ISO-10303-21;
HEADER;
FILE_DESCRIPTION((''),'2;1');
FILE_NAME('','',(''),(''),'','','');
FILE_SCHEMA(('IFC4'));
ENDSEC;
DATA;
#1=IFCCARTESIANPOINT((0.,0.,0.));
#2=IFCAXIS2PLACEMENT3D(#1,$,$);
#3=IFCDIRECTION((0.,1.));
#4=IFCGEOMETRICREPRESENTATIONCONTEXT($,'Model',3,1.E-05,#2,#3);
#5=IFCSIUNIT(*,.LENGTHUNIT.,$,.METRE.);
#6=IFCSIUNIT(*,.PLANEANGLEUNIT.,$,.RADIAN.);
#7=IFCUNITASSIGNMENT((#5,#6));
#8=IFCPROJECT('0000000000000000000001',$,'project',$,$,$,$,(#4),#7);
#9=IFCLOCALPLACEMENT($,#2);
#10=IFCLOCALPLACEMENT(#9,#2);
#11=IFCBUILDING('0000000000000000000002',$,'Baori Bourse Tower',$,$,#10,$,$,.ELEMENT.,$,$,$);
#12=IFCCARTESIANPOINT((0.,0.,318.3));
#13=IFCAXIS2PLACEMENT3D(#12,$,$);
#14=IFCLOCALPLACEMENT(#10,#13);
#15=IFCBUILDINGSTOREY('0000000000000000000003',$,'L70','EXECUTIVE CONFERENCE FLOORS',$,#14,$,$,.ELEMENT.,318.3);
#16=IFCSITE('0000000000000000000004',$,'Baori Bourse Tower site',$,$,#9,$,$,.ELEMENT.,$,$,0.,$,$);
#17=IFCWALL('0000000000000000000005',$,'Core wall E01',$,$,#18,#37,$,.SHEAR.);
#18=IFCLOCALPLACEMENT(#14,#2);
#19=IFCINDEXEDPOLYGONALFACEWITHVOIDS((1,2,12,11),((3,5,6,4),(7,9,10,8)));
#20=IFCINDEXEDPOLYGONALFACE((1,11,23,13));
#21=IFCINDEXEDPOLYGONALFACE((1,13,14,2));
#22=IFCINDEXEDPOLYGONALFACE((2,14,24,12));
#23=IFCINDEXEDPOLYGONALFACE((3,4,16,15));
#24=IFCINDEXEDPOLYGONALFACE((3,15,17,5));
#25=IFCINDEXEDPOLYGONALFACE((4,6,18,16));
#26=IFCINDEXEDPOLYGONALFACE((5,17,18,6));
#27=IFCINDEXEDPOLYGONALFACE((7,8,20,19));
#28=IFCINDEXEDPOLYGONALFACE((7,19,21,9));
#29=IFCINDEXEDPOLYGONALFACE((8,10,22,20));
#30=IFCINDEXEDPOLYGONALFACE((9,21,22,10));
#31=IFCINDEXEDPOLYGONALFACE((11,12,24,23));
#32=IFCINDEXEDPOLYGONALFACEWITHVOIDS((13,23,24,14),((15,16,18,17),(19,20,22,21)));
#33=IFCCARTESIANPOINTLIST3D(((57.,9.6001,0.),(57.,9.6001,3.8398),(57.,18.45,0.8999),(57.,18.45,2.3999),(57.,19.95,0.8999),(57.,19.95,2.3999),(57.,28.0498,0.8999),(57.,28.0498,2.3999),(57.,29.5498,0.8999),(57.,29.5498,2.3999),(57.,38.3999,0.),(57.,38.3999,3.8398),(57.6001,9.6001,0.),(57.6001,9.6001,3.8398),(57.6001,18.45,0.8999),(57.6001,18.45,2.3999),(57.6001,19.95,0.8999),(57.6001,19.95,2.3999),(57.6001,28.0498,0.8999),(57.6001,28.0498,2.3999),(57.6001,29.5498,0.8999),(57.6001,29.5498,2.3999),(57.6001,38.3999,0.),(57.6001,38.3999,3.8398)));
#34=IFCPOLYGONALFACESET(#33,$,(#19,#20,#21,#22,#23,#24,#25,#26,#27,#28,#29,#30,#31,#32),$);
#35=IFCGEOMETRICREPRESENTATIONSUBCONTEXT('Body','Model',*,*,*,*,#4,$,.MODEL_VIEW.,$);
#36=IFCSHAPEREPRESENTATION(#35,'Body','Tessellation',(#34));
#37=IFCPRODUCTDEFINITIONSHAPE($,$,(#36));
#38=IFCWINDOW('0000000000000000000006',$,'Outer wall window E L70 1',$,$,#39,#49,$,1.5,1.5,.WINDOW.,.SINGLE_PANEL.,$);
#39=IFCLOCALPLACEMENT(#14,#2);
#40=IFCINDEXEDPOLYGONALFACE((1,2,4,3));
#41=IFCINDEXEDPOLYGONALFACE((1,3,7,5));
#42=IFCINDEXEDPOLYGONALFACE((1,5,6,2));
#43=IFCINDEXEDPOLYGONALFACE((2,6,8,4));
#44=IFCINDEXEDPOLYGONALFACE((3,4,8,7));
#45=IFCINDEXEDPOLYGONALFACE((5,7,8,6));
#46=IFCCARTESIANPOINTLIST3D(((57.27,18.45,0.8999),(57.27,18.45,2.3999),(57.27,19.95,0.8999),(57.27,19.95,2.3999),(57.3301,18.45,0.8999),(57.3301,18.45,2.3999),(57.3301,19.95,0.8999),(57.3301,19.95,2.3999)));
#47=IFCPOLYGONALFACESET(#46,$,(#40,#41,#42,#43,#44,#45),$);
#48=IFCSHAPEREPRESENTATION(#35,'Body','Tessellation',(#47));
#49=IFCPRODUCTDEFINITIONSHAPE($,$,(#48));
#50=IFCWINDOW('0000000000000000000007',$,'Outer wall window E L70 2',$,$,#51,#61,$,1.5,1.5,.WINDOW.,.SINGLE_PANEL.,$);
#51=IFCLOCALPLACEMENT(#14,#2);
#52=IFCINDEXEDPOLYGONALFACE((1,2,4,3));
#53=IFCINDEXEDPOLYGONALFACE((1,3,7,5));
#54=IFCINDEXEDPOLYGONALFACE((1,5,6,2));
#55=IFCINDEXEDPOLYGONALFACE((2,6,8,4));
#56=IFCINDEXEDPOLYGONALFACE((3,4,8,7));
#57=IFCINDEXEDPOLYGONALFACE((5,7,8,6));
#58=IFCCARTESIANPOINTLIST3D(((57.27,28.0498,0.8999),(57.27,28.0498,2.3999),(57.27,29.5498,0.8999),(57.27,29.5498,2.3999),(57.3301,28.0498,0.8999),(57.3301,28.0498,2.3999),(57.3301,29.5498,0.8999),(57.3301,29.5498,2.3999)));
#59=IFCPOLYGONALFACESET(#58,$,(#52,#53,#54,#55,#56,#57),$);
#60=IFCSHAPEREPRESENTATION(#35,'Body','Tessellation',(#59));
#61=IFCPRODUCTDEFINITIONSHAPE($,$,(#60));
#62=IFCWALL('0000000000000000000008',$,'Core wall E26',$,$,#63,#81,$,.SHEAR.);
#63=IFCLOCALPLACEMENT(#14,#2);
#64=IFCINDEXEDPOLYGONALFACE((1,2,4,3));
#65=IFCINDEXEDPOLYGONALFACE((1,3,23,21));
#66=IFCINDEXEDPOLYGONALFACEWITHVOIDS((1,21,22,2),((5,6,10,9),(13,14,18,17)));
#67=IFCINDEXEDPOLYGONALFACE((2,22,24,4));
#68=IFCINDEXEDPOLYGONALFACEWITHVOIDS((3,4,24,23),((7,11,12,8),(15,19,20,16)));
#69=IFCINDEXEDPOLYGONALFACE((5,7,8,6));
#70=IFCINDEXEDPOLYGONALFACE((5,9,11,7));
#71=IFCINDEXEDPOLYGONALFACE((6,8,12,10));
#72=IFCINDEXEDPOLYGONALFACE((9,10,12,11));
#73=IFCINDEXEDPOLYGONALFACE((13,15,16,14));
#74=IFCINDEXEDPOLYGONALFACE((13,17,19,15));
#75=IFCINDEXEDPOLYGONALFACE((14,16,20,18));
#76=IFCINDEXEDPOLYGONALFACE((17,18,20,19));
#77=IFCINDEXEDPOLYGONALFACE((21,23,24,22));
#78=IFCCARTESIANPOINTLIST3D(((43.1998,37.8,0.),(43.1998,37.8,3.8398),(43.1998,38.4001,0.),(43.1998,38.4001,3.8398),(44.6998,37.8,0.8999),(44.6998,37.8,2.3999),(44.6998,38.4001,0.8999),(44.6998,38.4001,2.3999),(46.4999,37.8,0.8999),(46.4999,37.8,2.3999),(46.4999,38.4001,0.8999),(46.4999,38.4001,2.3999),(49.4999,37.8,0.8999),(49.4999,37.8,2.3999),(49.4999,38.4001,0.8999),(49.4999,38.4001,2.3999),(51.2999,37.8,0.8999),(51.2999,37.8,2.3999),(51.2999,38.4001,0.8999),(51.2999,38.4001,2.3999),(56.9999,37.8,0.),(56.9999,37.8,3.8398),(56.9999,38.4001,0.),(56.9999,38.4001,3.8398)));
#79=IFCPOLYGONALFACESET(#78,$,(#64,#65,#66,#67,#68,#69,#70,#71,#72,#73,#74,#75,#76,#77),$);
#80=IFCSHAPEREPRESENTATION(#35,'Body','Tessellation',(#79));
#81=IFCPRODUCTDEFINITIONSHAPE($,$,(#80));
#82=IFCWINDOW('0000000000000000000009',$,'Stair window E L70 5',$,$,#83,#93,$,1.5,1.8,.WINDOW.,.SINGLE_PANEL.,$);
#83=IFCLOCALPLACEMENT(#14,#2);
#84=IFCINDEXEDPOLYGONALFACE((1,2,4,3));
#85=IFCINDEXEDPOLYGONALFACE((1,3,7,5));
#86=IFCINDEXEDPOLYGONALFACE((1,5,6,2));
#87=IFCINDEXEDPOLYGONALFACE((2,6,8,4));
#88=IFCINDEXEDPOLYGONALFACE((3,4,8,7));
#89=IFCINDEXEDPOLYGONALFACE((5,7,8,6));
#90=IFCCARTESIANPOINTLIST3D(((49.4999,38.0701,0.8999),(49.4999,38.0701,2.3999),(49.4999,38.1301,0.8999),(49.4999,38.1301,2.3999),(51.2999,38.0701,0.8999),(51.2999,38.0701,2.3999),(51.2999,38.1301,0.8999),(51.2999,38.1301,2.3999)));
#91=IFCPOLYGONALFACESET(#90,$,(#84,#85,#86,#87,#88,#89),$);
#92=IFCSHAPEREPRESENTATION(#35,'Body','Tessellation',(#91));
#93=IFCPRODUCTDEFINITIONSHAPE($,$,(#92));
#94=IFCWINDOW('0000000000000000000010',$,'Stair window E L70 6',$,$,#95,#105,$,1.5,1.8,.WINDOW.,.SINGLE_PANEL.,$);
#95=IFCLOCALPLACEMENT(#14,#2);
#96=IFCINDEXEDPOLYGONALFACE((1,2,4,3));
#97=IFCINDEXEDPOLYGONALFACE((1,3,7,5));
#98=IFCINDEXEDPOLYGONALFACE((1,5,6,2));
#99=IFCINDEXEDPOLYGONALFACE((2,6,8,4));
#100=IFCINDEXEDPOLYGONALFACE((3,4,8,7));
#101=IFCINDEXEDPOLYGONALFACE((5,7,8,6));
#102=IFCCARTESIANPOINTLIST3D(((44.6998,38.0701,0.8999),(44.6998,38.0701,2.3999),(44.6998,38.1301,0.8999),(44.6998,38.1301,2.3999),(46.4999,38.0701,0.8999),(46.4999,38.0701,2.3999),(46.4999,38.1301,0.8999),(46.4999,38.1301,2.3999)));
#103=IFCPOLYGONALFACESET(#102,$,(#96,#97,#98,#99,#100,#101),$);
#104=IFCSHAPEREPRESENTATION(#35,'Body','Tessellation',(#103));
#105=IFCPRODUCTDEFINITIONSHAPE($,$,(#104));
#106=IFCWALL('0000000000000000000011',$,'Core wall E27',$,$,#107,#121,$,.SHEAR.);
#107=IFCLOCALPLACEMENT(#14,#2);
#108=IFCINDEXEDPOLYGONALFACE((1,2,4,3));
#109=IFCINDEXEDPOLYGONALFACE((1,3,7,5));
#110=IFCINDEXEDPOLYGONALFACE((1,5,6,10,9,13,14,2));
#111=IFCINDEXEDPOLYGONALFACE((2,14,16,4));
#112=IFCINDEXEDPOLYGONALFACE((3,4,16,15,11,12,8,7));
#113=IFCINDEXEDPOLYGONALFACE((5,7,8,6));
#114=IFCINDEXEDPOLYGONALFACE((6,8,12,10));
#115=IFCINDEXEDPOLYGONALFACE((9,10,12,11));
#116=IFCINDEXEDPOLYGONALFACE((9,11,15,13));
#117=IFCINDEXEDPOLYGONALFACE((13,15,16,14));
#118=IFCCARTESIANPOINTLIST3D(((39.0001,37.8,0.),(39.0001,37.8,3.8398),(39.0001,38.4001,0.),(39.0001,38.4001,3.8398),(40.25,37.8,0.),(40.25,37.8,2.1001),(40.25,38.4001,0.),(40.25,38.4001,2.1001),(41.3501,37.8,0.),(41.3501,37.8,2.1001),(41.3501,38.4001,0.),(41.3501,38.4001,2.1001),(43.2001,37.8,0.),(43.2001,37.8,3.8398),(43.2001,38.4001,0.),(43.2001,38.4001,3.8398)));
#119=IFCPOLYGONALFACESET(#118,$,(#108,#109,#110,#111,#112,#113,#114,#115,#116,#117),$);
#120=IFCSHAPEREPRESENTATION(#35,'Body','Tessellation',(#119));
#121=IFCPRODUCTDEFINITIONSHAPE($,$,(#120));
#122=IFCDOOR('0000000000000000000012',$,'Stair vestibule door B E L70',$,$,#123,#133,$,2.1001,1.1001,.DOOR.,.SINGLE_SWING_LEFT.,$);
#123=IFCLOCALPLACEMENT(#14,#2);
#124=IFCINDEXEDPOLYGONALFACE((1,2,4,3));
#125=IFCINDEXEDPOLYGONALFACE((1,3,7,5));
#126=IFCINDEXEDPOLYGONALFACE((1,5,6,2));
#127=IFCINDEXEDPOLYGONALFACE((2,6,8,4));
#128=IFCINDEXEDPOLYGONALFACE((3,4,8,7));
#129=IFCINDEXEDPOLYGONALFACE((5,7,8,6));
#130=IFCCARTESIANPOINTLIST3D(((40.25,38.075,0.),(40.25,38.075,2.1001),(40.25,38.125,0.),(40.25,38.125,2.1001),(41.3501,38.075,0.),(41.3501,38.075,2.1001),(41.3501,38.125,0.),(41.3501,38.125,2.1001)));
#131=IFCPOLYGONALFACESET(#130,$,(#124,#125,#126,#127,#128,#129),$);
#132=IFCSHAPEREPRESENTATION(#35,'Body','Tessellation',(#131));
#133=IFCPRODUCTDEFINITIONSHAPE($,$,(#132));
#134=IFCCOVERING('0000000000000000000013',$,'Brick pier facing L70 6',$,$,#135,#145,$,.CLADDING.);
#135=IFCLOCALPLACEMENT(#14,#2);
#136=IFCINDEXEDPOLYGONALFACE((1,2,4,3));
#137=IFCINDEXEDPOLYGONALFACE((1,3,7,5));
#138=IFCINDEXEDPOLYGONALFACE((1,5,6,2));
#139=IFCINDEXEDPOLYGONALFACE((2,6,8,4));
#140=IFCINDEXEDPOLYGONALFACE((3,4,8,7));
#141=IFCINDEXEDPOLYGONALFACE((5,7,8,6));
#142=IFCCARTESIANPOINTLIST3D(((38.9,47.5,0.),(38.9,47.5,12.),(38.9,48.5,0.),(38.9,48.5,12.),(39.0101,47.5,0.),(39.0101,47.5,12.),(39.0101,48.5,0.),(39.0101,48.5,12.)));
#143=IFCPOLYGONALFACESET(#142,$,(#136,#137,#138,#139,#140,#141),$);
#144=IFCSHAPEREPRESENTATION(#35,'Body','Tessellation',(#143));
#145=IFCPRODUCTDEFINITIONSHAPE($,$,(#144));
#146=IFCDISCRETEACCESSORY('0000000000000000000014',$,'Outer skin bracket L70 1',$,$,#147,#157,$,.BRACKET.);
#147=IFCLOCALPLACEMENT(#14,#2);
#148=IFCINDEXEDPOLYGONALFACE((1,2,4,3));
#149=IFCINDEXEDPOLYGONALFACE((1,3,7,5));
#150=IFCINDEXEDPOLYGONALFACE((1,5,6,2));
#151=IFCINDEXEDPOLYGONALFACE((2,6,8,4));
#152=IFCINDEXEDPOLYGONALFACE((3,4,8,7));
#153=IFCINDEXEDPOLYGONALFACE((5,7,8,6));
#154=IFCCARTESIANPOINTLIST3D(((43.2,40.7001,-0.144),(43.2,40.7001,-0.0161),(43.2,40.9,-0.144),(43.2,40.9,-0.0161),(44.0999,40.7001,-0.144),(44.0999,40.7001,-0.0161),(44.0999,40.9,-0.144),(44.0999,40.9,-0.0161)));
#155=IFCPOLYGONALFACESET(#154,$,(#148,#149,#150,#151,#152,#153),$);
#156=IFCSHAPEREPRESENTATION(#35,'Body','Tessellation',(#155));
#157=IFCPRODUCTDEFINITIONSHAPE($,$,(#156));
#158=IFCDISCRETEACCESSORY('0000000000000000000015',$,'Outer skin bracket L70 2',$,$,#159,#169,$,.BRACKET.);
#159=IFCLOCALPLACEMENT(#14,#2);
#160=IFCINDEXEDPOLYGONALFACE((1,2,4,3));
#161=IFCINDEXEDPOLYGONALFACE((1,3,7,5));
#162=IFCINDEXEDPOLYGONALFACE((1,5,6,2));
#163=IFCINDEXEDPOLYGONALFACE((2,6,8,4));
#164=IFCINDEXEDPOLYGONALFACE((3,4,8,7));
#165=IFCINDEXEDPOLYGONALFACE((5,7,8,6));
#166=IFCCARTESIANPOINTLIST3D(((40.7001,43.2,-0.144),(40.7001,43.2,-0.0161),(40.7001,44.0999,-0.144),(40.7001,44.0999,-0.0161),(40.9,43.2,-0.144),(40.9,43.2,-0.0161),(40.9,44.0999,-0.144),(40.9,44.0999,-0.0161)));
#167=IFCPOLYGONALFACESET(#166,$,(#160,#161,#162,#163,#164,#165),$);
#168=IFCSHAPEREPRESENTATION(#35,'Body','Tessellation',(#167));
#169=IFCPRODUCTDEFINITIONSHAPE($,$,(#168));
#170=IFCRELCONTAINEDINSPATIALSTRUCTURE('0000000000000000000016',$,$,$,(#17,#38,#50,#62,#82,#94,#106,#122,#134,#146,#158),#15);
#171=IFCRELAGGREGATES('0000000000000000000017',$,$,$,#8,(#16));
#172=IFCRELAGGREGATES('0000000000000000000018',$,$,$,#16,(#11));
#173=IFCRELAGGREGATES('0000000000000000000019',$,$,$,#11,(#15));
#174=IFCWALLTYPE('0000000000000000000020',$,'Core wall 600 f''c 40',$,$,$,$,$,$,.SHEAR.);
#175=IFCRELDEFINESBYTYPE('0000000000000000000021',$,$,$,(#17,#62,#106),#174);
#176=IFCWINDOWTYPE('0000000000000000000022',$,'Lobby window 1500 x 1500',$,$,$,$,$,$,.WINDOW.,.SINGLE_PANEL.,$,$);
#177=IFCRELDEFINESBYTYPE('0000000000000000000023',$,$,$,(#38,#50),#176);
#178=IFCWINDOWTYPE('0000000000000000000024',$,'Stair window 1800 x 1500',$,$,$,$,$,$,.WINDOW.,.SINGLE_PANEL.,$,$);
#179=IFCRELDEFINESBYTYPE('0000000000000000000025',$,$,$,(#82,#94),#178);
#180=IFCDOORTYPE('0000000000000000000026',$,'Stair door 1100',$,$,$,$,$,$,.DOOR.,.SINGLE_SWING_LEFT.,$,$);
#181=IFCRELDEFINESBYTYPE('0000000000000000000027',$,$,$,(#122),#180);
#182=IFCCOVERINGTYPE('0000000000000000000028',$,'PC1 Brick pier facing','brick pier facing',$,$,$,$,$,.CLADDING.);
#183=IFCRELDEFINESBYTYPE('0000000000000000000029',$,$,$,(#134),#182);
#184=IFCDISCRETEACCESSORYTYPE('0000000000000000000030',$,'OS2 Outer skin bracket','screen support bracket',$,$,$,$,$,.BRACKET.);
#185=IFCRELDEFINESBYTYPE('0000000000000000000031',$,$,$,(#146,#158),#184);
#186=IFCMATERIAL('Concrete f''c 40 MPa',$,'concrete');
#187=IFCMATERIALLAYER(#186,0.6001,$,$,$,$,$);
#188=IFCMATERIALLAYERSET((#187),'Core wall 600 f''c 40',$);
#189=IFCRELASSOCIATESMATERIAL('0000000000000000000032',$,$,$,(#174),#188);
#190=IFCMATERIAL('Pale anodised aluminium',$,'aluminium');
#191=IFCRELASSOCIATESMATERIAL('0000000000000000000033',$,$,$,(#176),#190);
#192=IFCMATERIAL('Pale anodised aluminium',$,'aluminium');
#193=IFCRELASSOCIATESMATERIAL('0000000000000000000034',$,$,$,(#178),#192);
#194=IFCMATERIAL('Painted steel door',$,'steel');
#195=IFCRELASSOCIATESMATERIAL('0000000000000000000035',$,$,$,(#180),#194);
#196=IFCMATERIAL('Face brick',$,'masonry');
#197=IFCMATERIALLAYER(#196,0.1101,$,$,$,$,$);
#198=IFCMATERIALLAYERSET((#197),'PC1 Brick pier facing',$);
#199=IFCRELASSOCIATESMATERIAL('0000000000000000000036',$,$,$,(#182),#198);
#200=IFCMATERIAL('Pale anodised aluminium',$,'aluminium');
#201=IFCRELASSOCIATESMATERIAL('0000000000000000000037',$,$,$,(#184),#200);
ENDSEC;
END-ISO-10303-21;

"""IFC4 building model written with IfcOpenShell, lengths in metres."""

from ifc_helpers import new_model, si_unit, direction, frame, frame_2d, origin, origin_2d, place, context, subcontext, project, spatial, rectangle, extrude, material, layer, layer_set, type_object, element, fill, save


model = new_model("IFC4")

# Units and contexts
model_context = context("Model", 3, precision=1e-05, world=origin(), true_north=direction((0.0, 1.0)))
body_context = subcontext(model_context, "Body", "Model", "MODEL_VIEW")
ifc_project = project(units=[si_unit("LENGTHUNIT", "METRE"), si_unit("PLANEANGLEUNIT", "RADIAN")], contexts=[model_context])

# Site, building, storey
site_placement = place(None, origin())
site = spatial("IfcSite", under=ifc_project, at=site_placement, Name="Baori Bourse Tower site", CompositionType="ELEMENT", RefElevation=0.0)
building_placement = place(site_placement, origin())
building = spatial("IfcBuilding", under=site, at=building_placement, Name="Baori Bourse Tower", CompositionType="ELEMENT")
storey_placement = place(building_placement, frame((0.0, 0.0, 318.3)))
storey = spatial("IfcBuildingStorey", under=building, at=storey_placement, Name="L70", Description="EXECUTIVE CONFERENCE FLOORS", CompositionType="ELEMENT", Elevation=318.3)

# Walls, openings, windows
ifc_material_1 = material(Name="Concrete f'c 40 MPa", Category="concrete")
ifc_layer_1 = layer(ifc_material_1, 0.6001)
ifc_layer_set_1 = layer_set([ifc_layer_1], Name="Core wall 600 f'c 40")
wall_type = type_object("IfcWallType", Name="Core wall 600 f'c 40", PredefinedType="SHEAR", material=ifc_layer_set_1)
wall_1_placement = place(storey_placement, frame((57.3, 38.3999, 0.0), z_axis=(0.0, 0.0, 1.0), x_axis=(0.0, -1.0, 0.0)))
wall_1 = element("IfcWall", 1, at=wall_1_placement, inside=storey, type_object=wall_type, Name="Core wall E01", PredefinedType="SHEAR", context=body_context, shape_type="SweptSolid", body=[
    extrude(rectangle(XDim=28.7998, YDim=0.6001, at=frame_2d((14.3999, 0.0))), origin(), (0.0, 0.0, 1.0), 3.8398),
])
opening_1_placement = place(wall_1_placement, frame((18.45, 0.0, 0.8999)))
opening_1 = element("IfcOpeningElement", 2, at=opening_1_placement, cuts=wall_1, PredefinedType="OPENING", context=body_context, shape_type="SweptSolid", body=[
    extrude(rectangle(XDim=1.5, YDim=1.5, at=frame_2d((0.75, 0.75))), frame((0.0, 0.3101, 0.0), z_axis=(0.0, -1.0, 0.0), x_axis=(1.0, 0.0, 0.0)), (0.0, 0.0, 1.0), 0.6201),
])
opening_2_placement = place(wall_1_placement, frame((8.8501, 0.0, 0.8999)))
opening_2 = element("IfcOpeningElement", 3, at=opening_2_placement, cuts=wall_1, PredefinedType="OPENING", context=body_context, shape_type="SweptSolid", body=[
    extrude(rectangle(XDim=1.5, YDim=1.5, at=frame_2d((0.75, 0.75))), frame((0.0, 0.3101, 0.0), z_axis=(0.0, -1.0, 0.0), x_axis=(1.0, 0.0, 0.0)), (0.0, 0.0, 1.0), 0.6201),
])
ifc_material_2 = material(Name="Pale anodised aluminium", Category="aluminium")
window_type_1 = type_object("IfcWindowType", Name="Lobby window 1500 x 1500", PartitioningType="SINGLE_PANEL", PredefinedType="WINDOW", material=ifc_material_2)
window_1_placement = place(opening_1_placement, origin())
window_1 = element("IfcWindow", 4, at=window_1_placement, inside=storey, type_object=window_type_1, Name="Outer wall window E L70 1", OverallHeight=1.5, OverallWidth=1.5, PartitioningType="SINGLE_PANEL", PredefinedType="WINDOW", context=body_context, shape_type="SweptSolid", body=[
    extrude(rectangle(XDim=1.5, YDim=1.5, at=frame_2d((0.75, 0.75))), frame((0.0, 0.03, 0.0), z_axis=(0.0, -1.0, 0.0), x_axis=(1.0, 0.0, 0.0)), (0.0, 0.0, 1.0), 0.0601),
])
fill(opening_1, window_1)
window_2_placement = place(opening_2_placement, origin())
window_2 = element("IfcWindow", 5, at=window_2_placement, inside=storey, type_object=window_type_1, Name="Outer wall window E L70 2", OverallHeight=1.5, OverallWidth=1.5, PartitioningType="SINGLE_PANEL", PredefinedType="WINDOW", context=body_context, shape_type="SweptSolid", body=[
    extrude(rectangle(XDim=1.5, YDim=1.5, at=frame_2d((0.75, 0.75))), frame((0.0, 0.03, 0.0), z_axis=(0.0, -1.0, 0.0), x_axis=(1.0, 0.0, 0.0)), (0.0, 0.0, 1.0), 0.0601),
])
fill(opening_2, window_2)
wall_2_placement = place(storey_placement, frame((43.2, 38.1001, 0.0), z_axis=(0.0, 0.0, 1.0), x_axis=(1.0, 0.0, 0.0)))
wall_2 = element("IfcWall", 6, at=wall_2_placement, inside=storey, type_object=wall_type, Name="Core wall E26", PredefinedType="SHEAR", context=body_context, shape_type="SweptSolid", body=[
    extrude(rectangle(XDim=13.8, YDim=0.6001, at=frame_2d((6.8999, 0.0))), origin(), (0.0, 0.0, 1.0), 3.8398),
])
opening_3_placement = place(wall_2_placement, frame((6.3, 0.0, 0.8999)))
opening_3 = element("IfcOpeningElement", 7, at=opening_3_placement, cuts=wall_2, PredefinedType="OPENING", context=body_context, shape_type="SweptSolid", body=[
    extrude(rectangle(XDim=1.8, YDim=1.5, at=frame_2d((0.8999, 0.75))), frame((0.0, 0.3101, 0.0), z_axis=(0.0, -1.0, 0.0), x_axis=(1.0, 0.0, 0.0)), (0.0, 0.0, 1.0), 0.6201),
])
opening_4_placement = place(wall_2_placement, frame((1.5, 0.0, 0.8999)))
opening_4 = element("IfcOpeningElement", 8, at=opening_4_placement, cuts=wall_2, PredefinedType="OPENING", context=body_context, shape_type="SweptSolid", body=[
    extrude(rectangle(XDim=1.8, YDim=1.5, at=frame_2d((0.8999, 0.75))), frame((0.0, 0.3101, 0.0), z_axis=(0.0, -1.0, 0.0), x_axis=(1.0, 0.0, 0.0)), (0.0, 0.0, 1.0), 0.6201),
])
ifc_material_3 = material(Name="Pale anodised aluminium", Category="aluminium")
window_type_2 = type_object("IfcWindowType", Name="Stair window 1800 x 1500", PartitioningType="SINGLE_PANEL", PredefinedType="WINDOW", material=ifc_material_3)
window_3_placement = place(opening_3_placement, origin())
window_3 = element("IfcWindow", 9, at=window_3_placement, inside=storey, type_object=window_type_2, Name="Stair window E L70 5", OverallHeight=1.5, OverallWidth=1.8, PartitioningType="SINGLE_PANEL", PredefinedType="WINDOW", context=body_context, shape_type="SweptSolid", body=[
    extrude(rectangle(XDim=1.8, YDim=1.5, at=frame_2d((0.8999, 0.75))), frame((0.0, 0.03, 0.0), z_axis=(0.0, -1.0, 0.0), x_axis=(1.0, 0.0, 0.0)), (0.0, 0.0, 1.0), 0.0601),
])
fill(opening_3, window_3)
window_4_placement = place(opening_4_placement, origin())
window_4 = element("IfcWindow", 10, at=window_4_placement, inside=storey, type_object=window_type_2, Name="Stair window E L70 6", OverallHeight=1.5, OverallWidth=1.8, PartitioningType="SINGLE_PANEL", PredefinedType="WINDOW", context=body_context, shape_type="SweptSolid", body=[
    extrude(rectangle(XDim=1.8, YDim=1.5, at=frame_2d((0.8999, 0.75))), frame((0.0, 0.03, 0.0), z_axis=(0.0, -1.0, 0.0), x_axis=(1.0, 0.0, 0.0)), (0.0, 0.0, 1.0), 0.0601),
])
fill(opening_4, window_4)

# Wall, opening, door
wall_3_placement = place(storey_placement, frame((39.0, 38.1001, 0.0), z_axis=(0.0, 0.0, 1.0), x_axis=(1.0, 0.0, 0.0)))
wall_3 = element("IfcWall", 11, at=wall_3_placement, inside=storey, type_object=wall_type, Name="Core wall E27", PredefinedType="SHEAR", context=body_context, shape_type="SweptSolid", body=[
    extrude(rectangle(XDim=4.2, YDim=0.6001, at=frame_2d((2.1001, 0.0))), origin(), (0.0, 0.0, 1.0), 3.8398),
])
opening_5_placement = place(wall_3_placement, frame((1.25, 0.0, 0.0)))
opening_5 = element("IfcOpeningElement", 12, at=opening_5_placement, cuts=wall_3, PredefinedType="OPENING", context=body_context, shape_type="SweptSolid", body=[
    extrude(rectangle(XDim=1.1001, YDim=2.1001, at=frame_2d((0.55, 1.05))), frame((0.0, 0.3101, 0.0), z_axis=(0.0, -1.0, 0.0), x_axis=(1.0, 0.0, 0.0)), (0.0, 0.0, 1.0), 0.6201),
])
ifc_material_4 = material(Name="Painted steel door", Category="steel")
door_type = type_object("IfcDoorType", Name="Stair door 1100", OperationType="SINGLE_SWING_LEFT", PredefinedType="DOOR", material=ifc_material_4)
door_placement = place(opening_5_placement, origin())
door = element("IfcDoor", 13, at=door_placement, inside=storey, type_object=door_type, Name="Stair vestibule door B E L70", OperationType="SINGLE_SWING_LEFT", OverallHeight=2.1001, OverallWidth=1.1001, PredefinedType="DOOR", context=body_context, shape_type="SweptSolid", body=[
    extrude(rectangle(XDim=1.1001, YDim=2.1001, at=frame_2d((0.55, 1.05))), frame((0.0, 0.0249, 0.0), z_axis=(0.0, -1.0, 0.0), x_axis=(1.0, 0.0, 0.0)), (0.0, 0.0, 1.0), 0.05),
])
fill(opening_5, door)

# Covering
ifc_material_5 = material(Name="Face brick", Category="masonry")
ifc_layer_2 = layer(ifc_material_5, 0.1101)
ifc_layer_set_2 = layer_set([ifc_layer_2], Name="PC1 Brick pier facing")
covering_type = type_object("IfcCoveringType", Name="PC1 Brick pier facing", Description="brick pier facing", PredefinedType="CLADDING", material=ifc_layer_set_2)
covering_placement = place(storey_placement, frame((38.9551, 48.0, 0.0), z_axis=(0.0, 0.0, 1.0), x_axis=(1.0, 0.0, 0.0)))
element("IfcCovering", 14, at=covering_placement, inside=storey, type_object=covering_type, Name="Brick pier facing L70 6", PredefinedType="CLADDING", context=body_context, shape_type="SweptSolid", body=[
    extrude(rectangle(XDim=0.1101, YDim=1.0, at=origin_2d()), origin(), (0.0, 0.0, 1.0), 12.0),
])

# Discrete accessories
ifc_material_6 = material(Name="Pale anodised aluminium", Category="aluminium")
discrete_accessory_type = type_object("IfcDiscreteAccessoryType", Name="OS2 Outer skin bracket", Description="screen support bracket", PredefinedType="BRACKET", material=ifc_material_6)
for number, where, z_axis, x_axis, name in (
    (15, (43.6499, 40.8, -0.144), (0.0, 0.0, 1.0), (0.0, 1.0, 0.0), "Outer skin bracket L70 1"),
    (16, (40.8, 43.6499, -0.144), (0.0, 0.0, 1.0), (-1.0, 0.0, 0.0), "Outer skin bracket L70 2"),
):
    element("IfcDiscreteAccessory", number, at=place(storey_placement, frame(where, z_axis=z_axis, x_axis=x_axis)), inside=storey, type_object=discrete_accessory_type, Name=name, PredefinedType="BRACKET", context=body_context, shape_type="SweptSolid", body=[
        extrude(rectangle(XDim=0.2, YDim=0.8999, at=origin_2d()), origin(), (0.0, 0.0, 1.0), 0.1279),
    ])

save(model, "model.ifc")
